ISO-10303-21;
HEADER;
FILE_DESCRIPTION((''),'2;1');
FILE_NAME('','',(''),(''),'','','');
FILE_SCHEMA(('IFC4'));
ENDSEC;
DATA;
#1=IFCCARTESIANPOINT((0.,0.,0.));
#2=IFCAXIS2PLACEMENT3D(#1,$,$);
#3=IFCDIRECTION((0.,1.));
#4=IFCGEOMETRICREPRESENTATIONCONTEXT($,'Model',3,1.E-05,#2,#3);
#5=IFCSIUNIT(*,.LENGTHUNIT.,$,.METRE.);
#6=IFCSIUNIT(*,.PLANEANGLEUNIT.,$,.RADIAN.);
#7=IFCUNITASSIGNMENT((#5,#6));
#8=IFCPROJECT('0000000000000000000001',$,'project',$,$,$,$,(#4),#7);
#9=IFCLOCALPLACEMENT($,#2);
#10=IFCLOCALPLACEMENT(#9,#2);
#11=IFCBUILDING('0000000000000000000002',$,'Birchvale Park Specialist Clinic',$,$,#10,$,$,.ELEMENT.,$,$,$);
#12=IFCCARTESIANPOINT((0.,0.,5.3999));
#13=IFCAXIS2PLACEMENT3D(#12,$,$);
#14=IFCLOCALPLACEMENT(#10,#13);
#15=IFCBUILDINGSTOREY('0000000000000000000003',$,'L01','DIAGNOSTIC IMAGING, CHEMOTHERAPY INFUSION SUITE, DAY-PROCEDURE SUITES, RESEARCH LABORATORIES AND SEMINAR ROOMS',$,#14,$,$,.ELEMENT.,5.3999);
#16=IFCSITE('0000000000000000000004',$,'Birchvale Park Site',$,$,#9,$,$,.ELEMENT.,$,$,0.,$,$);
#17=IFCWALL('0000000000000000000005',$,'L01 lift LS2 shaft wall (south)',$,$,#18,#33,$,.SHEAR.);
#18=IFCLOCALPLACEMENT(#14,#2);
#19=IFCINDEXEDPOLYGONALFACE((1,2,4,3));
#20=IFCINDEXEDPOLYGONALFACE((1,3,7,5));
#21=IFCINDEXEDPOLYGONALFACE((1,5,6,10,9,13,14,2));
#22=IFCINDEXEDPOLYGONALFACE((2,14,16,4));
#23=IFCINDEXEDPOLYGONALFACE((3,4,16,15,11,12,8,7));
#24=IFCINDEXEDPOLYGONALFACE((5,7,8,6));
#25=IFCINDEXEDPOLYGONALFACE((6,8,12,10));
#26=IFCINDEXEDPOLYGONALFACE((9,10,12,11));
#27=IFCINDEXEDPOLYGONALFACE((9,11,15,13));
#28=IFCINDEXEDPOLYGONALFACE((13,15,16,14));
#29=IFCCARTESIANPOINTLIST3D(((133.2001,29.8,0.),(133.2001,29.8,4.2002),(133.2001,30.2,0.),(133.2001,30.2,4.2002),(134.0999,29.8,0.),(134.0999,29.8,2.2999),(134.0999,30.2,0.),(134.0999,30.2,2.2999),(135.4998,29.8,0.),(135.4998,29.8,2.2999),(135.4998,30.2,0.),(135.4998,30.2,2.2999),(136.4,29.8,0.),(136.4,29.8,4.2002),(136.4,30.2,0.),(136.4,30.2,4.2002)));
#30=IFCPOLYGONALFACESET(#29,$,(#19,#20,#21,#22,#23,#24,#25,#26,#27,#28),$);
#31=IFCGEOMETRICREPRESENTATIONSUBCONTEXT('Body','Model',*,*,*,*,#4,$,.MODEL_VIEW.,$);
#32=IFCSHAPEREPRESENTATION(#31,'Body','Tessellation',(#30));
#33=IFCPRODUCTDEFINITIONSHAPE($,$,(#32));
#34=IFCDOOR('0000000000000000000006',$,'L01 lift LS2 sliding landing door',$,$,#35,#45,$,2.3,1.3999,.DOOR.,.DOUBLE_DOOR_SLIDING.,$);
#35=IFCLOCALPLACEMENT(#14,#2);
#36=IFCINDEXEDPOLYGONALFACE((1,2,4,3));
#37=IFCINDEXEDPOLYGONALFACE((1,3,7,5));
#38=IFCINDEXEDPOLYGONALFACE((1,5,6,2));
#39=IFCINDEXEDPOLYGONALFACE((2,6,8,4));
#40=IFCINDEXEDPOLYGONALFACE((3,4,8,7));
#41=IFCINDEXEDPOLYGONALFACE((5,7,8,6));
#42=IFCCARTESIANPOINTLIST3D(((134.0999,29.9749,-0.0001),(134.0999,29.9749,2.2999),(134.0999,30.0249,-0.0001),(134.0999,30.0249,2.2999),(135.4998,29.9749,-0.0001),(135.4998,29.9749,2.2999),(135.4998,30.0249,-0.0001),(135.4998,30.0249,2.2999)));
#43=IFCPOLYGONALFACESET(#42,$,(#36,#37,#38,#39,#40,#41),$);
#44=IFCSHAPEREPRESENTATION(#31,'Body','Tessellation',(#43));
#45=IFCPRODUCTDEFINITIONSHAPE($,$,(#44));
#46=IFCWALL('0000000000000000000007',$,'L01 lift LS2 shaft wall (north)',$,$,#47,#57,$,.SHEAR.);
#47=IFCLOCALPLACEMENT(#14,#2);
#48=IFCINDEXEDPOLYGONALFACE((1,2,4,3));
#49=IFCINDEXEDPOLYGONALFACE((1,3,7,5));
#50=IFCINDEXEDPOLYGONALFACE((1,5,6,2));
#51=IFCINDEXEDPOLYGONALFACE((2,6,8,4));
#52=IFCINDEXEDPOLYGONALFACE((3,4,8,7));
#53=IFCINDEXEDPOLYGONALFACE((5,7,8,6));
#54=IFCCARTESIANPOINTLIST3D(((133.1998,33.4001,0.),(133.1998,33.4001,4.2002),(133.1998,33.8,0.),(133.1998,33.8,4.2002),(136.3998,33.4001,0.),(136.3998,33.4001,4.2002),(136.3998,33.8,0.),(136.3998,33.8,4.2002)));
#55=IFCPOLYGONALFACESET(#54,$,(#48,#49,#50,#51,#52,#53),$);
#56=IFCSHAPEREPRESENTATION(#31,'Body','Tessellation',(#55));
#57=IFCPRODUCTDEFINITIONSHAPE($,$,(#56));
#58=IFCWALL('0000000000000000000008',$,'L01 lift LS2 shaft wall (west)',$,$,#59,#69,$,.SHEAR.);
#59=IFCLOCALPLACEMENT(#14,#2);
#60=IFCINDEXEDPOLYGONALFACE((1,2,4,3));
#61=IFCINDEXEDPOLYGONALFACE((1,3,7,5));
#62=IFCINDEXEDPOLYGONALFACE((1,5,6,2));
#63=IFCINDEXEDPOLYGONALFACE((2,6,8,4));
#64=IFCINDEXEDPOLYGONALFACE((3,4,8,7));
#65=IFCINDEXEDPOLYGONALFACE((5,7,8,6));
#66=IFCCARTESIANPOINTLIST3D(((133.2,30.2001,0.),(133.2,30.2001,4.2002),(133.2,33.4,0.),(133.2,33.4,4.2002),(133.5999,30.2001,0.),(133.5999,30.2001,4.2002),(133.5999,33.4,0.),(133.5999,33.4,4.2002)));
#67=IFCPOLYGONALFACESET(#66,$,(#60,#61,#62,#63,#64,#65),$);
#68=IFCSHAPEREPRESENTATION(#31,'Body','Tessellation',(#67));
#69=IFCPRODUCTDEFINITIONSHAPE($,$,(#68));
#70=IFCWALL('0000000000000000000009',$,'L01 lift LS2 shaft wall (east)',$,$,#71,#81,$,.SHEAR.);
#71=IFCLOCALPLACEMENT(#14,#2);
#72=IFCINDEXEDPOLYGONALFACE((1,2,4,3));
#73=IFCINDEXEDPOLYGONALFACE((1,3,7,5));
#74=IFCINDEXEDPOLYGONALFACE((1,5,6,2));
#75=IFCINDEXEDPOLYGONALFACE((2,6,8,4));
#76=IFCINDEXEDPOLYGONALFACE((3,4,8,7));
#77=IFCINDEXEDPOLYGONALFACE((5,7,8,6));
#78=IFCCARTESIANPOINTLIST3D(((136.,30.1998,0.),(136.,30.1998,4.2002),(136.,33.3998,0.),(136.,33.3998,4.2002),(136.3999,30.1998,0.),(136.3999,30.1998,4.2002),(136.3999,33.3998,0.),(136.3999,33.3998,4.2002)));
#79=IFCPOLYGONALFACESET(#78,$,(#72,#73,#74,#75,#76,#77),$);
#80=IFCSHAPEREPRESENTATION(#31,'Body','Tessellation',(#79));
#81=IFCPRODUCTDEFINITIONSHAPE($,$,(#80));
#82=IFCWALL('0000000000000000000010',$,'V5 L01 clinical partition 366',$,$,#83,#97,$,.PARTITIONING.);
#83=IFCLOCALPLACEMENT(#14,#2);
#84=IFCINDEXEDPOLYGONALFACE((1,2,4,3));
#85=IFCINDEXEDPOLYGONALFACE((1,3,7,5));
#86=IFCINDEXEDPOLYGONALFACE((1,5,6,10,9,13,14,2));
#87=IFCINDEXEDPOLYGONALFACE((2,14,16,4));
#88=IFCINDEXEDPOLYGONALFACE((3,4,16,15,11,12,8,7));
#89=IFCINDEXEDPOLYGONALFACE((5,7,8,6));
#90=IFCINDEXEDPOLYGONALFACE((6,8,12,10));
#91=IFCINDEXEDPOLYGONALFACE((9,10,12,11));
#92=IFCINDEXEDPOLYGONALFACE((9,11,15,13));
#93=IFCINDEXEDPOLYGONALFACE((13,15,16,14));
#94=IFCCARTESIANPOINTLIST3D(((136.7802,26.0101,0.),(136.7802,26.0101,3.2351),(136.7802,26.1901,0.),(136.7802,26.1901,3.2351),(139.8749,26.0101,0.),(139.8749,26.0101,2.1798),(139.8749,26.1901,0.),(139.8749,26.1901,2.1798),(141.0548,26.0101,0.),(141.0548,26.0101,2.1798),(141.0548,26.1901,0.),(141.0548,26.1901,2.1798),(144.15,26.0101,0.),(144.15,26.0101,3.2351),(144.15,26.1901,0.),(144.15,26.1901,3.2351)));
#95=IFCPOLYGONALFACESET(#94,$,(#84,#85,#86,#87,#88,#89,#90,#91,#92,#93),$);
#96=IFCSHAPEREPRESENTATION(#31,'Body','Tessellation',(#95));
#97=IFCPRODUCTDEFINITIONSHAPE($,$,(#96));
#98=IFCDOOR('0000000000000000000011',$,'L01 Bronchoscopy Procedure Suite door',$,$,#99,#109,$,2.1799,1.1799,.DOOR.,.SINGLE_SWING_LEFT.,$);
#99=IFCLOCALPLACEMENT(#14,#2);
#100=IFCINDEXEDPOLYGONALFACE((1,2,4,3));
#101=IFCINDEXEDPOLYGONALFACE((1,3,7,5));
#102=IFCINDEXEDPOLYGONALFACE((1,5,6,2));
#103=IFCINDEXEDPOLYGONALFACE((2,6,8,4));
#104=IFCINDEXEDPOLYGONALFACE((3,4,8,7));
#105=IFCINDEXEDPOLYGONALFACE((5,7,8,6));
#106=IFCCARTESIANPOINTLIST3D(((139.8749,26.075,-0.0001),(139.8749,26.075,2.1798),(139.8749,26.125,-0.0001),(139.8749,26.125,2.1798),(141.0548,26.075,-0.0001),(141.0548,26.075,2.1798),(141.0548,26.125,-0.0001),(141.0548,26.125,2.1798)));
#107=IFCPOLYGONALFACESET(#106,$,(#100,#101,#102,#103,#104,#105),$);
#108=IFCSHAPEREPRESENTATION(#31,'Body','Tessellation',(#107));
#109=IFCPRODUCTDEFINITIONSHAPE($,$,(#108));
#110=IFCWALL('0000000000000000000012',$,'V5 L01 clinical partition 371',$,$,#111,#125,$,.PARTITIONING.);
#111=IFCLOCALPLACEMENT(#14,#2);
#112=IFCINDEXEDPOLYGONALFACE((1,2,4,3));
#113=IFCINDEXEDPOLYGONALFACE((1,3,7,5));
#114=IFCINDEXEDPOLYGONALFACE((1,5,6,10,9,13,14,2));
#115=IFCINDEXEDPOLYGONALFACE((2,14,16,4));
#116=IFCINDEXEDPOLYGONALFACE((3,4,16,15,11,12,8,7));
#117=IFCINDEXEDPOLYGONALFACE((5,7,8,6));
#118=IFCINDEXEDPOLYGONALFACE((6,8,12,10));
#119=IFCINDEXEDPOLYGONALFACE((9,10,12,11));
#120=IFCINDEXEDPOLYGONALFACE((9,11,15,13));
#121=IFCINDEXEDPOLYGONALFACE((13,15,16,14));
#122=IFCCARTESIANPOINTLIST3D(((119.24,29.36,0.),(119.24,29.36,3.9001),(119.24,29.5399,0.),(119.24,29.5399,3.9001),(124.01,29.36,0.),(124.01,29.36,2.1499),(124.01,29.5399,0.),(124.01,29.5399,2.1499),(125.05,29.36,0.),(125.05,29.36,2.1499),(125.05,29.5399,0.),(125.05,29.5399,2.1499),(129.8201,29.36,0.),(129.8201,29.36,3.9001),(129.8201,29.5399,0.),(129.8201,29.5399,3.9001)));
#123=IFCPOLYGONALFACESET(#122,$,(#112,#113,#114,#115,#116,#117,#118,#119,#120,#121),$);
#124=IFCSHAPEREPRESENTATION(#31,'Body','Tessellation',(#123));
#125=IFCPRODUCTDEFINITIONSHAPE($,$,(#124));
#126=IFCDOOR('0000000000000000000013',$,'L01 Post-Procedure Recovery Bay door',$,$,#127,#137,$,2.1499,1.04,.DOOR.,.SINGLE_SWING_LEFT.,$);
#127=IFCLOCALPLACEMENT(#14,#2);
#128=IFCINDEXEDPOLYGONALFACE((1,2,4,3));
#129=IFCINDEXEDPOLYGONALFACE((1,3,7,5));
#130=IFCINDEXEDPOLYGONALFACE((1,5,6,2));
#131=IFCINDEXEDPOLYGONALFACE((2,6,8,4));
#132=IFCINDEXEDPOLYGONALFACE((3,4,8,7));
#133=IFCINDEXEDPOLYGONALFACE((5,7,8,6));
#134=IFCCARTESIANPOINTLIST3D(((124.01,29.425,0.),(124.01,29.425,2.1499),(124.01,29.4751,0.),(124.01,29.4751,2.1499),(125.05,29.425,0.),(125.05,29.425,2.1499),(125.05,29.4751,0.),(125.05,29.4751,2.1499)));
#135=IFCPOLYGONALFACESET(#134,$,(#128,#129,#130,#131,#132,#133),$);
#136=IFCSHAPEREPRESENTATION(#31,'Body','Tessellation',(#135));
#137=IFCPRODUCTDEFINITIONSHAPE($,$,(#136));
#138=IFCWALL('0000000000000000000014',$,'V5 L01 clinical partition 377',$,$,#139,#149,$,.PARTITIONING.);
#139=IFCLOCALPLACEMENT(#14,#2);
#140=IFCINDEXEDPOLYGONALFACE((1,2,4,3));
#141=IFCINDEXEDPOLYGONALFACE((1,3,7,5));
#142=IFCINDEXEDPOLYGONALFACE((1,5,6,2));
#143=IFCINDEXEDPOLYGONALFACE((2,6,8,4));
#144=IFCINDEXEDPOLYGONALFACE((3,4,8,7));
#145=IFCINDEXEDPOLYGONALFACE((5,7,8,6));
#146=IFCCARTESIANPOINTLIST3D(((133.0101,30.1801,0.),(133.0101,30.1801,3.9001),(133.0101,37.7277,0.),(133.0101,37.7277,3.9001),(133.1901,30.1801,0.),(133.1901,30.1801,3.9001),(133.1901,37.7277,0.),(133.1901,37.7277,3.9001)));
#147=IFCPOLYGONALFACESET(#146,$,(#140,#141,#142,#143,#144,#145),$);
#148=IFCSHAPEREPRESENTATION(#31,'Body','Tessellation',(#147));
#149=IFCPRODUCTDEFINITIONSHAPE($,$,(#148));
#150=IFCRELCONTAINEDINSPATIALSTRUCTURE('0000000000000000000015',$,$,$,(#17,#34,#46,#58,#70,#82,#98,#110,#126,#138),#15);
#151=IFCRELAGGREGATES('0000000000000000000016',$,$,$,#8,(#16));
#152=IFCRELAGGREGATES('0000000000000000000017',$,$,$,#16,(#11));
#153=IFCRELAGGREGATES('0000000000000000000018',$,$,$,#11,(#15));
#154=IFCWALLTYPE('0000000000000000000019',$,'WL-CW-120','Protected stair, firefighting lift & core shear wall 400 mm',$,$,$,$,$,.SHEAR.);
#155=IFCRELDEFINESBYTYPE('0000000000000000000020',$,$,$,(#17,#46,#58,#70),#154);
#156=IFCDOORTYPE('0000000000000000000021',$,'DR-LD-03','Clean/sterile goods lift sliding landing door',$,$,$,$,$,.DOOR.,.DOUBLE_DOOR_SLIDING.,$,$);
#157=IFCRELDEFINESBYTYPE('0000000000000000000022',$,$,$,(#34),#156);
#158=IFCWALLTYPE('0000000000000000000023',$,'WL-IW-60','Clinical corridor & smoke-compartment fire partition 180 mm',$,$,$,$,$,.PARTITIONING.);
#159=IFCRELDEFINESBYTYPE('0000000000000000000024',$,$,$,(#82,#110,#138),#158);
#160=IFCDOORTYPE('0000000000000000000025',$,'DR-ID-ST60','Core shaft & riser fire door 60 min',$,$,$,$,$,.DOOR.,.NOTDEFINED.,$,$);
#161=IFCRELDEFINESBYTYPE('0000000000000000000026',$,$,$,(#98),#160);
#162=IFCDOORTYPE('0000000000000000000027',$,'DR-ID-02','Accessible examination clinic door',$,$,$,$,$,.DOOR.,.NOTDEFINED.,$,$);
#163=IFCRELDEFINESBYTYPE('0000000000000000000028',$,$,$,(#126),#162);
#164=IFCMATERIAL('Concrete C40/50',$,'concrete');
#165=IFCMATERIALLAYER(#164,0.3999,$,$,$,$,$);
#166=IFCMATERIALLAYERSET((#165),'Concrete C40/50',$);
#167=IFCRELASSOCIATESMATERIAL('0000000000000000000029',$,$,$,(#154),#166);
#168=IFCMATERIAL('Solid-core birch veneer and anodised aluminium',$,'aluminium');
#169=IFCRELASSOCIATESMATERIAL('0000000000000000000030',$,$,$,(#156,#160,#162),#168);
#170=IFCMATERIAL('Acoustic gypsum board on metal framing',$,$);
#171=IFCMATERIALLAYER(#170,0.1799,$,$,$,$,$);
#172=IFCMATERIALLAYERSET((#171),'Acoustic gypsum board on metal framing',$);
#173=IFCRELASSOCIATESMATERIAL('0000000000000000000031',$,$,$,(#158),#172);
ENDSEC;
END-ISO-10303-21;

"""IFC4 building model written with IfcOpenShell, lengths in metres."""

from ifc_helpers import new_model, si_unit, direction, frame, frame_2d, origin, place, context, subcontext, project, spatial, rectangle, extrude, material, layer, layer_set, type_object, element, fill, save


model = new_model("IFC4")

# Units and contexts
model_context = context("Model", 3, precision=1e-05, world=origin(), true_north=direction((0.0, 1.0)))
body_context = subcontext(model_context, "Body", "Model", "MODEL_VIEW")
ifc_project = project(units=[si_unit("LENGTHUNIT", "METRE"), si_unit("PLANEANGLEUNIT", "RADIAN")], contexts=[model_context])

# Site, building, storey
site_placement = place(None, origin())
site = spatial("IfcSite", under=ifc_project, at=site_placement, Name="Birchvale Park Site", CompositionType="ELEMENT", RefElevation=0.0)
building_placement = place(site_placement, origin())
building = spatial("IfcBuilding", under=site, at=building_placement, Name="Birchvale Park Specialist Clinic", CompositionType="ELEMENT")
storey_placement = place(building_placement, frame((0.0, 0.0, 5.3999)))
storey = spatial("IfcBuildingStorey", under=building, at=storey_placement, Name="L01", Description="DIAGNOSTIC IMAGING, CHEMOTHERAPY INFUSION SUITE, DAY-PROCEDURE SUITES, RESEARCH LABORATORIES AND SEMINAR ROOMS", CompositionType="ELEMENT", Elevation=5.3999)

# Shared definitions
ifc_material_1 = material(Name="Concrete C40/50", Category="concrete")

# Wall, opening, door
ifc_layer_1 = layer(ifc_material_1, 0.3999)
ifc_layer_set_1 = layer_set([ifc_layer_1], Name="Concrete C40/50")
wall_type_1 = type_object("IfcWallType", Name="WL-CW-120", Description="Protected stair, firefighting lift & core shear wall 400 mm", PredefinedType="SHEAR", material=ifc_layer_set_1)
wall_1_placement = place(storey_placement, frame((133.2, 30.0, 0.0), z_axis=(0.0, 0.0, 1.0), x_axis=(1.0, 0.0, 0.0)))
wall_1 = element("IfcWall", 1, at=wall_1_placement, inside=storey, type_object=wall_type_1, Name="L01 lift LS2 shaft wall (south)", PredefinedType="SHEAR", context=body_context, shape_type="SweptSolid", body=[
    extrude(rectangle(XDim=3.2, YDim=0.3999, at=frame_2d((1.6001, 0.0))), origin(), (0.0, 0.0, 1.0), 4.2002),
])
opening_1_placement = place(wall_1_placement, frame((0.8999, 0.0, 0.0)))
opening_1 = element("IfcOpeningElement", 2, at=opening_1_placement, cuts=wall_1, PredefinedType="OPENING", context=body_context, shape_type="SweptSolid", body=[
    extrude(rectangle(XDim=1.3999, YDim=2.3, at=frame_2d((0.7, 1.1499))), frame((0.0, 0.21, 0.0), z_axis=(0.0, -1.0, 0.0), x_axis=(1.0, 0.0, 0.0)), (0.0, 0.0, 1.0), 0.4199),
])
ifc_material_2 = material(Name="Solid-core birch veneer and anodised aluminium", Category="aluminium")
door_type_1 = type_object("IfcDoorType", Name="DR-LD-03", Description="Clean/sterile goods lift sliding landing door", OperationType="DOUBLE_DOOR_SLIDING", PredefinedType="DOOR", material=ifc_material_2)
door_1_placement = place(opening_1_placement, origin())
door_1 = element("IfcDoor", 3, at=door_1_placement, inside=storey, type_object=door_type_1, Name="L01 lift LS2 sliding landing door", OperationType="DOUBLE_DOOR_SLIDING", OverallHeight=2.3, OverallWidth=1.3999, PredefinedType="DOOR", context=body_context, shape_type="SweptSolid", body=[
    extrude(rectangle(XDim=1.3999, YDim=2.3, at=frame_2d((0.7, 1.1499))), frame((0.0, 0.0249, 0.0), z_axis=(0.0, -1.0, 0.0), x_axis=(1.0, 0.0, 0.0)), (0.0, 0.0, 1.0), 0.05),
])
fill(opening_1, door_1)

# Walls
for number, where, z_axis, x_axis, name in (
    (4, (136.3999, 33.6001, 0.0), (0.0, 0.0, 1.0), (-1.0, 0.0, 0.0), "L01 lift LS2 shaft wall (north)"),
    (5, (133.3999, 30.2, 0.0), (0.0, 0.0, 1.0), (0.0, 1.0, 0.0), "L01 lift LS2 shaft wall (west)"),
    (6, (136.2, 33.3999, 0.0), (0.0, 0.0, 1.0), (0.0, -1.0, 0.0), "L01 lift LS2 shaft wall (east)"),
):
    element("IfcWall", number, at=place(storey_placement, frame(where, z_axis=z_axis, x_axis=x_axis)), inside=storey, type_object=wall_type_1, Name=name, PredefinedType="SHEAR", context=body_context, shape_type="SweptSolid", body=[
        extrude(rectangle(XDim=3.2, YDim=0.3999, at=frame_2d((1.6001, 0.0))), origin(), (0.0, 0.0, 1.0), 4.2002),
    ])

# Walls, openings, doors
ifc_material_3 = material(Name="Acoustic gypsum board on metal framing")
ifc_layer_2 = layer(ifc_material_3, 0.1799)
ifc_layer_set_2 = layer_set([ifc_layer_2], Name="Acoustic gypsum board on metal framing")
wall_type_2 = type_object("IfcWallType", Name="WL-IW-60", Description="Clinical corridor & smoke-compartment fire partition 180 mm", PredefinedType="PARTITIONING", material=ifc_layer_set_2)
wall_2_placement = place(storey_placement, frame((136.78, 26.1001, 0.0), z_axis=(0.0, 0.0, 1.0), x_axis=(1.0, 0.0, 0.0)))
wall_2 = element("IfcWall", 7, at=wall_2_placement, inside=storey, type_object=wall_type_2, Name="V5 L01 clinical partition 366", PredefinedType="PARTITIONING", context=body_context, shape_type="SweptSolid", body=[
    extrude(rectangle(XDim=7.3699, YDim=0.1799, at=frame_2d((3.6851, 0.0))), origin(), (0.0, 0.0, 1.0), 3.2351),
])
opening_2_placement = place(wall_2_placement, frame((3.095, 0.0, 0.0)))
opening_2 = element("IfcOpeningElement", 8, at=opening_2_placement, cuts=wall_2, PredefinedType="OPENING", context=body_context, shape_type="SweptSolid", body=[
    extrude(rectangle(XDim=1.1799, YDim=2.1799, at=frame_2d((0.5898, 1.0898))), frame((0.0, 0.1001, 0.0), z_axis=(0.0, -1.0, 0.0), x_axis=(1.0, 0.0, 0.0)), (0.0, 0.0, 1.0), 0.2),
])
door_type_2 = type_object("IfcDoorType", Name="DR-ID-ST60", Description="Core shaft & riser fire door 60 min", OperationType="NOTDEFINED", PredefinedType="DOOR", material=ifc_material_2)
door_2_placement = place(opening_2_placement, origin())
door_2 = element("IfcDoor", 9, at=door_2_placement, inside=storey, type_object=door_type_2, Name="L01 Bronchoscopy Procedure Suite door", OperationType="SINGLE_SWING_LEFT", OverallHeight=2.1799, OverallWidth=1.1799, PredefinedType="DOOR", context=body_context, shape_type="SweptSolid", body=[
    extrude(rectangle(XDim=1.1799, YDim=2.1799, at=frame_2d((0.5898, 1.0898))), frame((0.0, 0.0249, 0.0), z_axis=(0.0, -1.0, 0.0), x_axis=(1.0, 0.0, 0.0)), (0.0, 0.0, 1.0), 0.05),
])
fill(opening_2, door_2)
wall_3_placement = place(storey_placement, frame((129.8201, 29.45, 0.0), z_axis=(0.0, 0.0, 1.0), x_axis=(-1.0, 0.0, 0.0)))
wall_3 = element("IfcWall", 10, at=wall_3_placement, inside=storey, type_object=wall_type_2, Name="V5 L01 clinical partition 371", PredefinedType="PARTITIONING", context=body_context, shape_type="SweptSolid", body=[
    extrude(rectangle(XDim=10.5801, YDim=0.1799, at=frame_2d((5.29, 0.0))), origin(), (0.0, 0.0, 1.0), 3.9001),
])
opening_3_placement = place(wall_3_placement, frame((4.77, 0.0, 0.0)))
opening_3 = element("IfcOpeningElement", 11, at=opening_3_placement, cuts=wall_3, PredefinedType="OPENING", context=body_context, shape_type="SweptSolid", body=[
    extrude(rectangle(XDim=1.04, YDim=2.1499, at=frame_2d((0.52, 1.075))), frame((0.0, 0.1001, 0.0), z_axis=(0.0, -1.0, 0.0), x_axis=(1.0, 0.0, 0.0)), (0.0, 0.0, 1.0), 0.2),
])
door_type_3 = type_object("IfcDoorType", Name="DR-ID-02", Description="Accessible examination clinic door", OperationType="NOTDEFINED", PredefinedType="DOOR", material=ifc_material_2)
door_3_placement = place(opening_3_placement, origin())
door_3 = element("IfcDoor", 12, at=door_3_placement, inside=storey, type_object=door_type_3, Name="L01 Post-Procedure Recovery Bay door", OperationType="SINGLE_SWING_LEFT", OverallHeight=2.1499, OverallWidth=1.04, PredefinedType="DOOR", context=body_context, shape_type="SweptSolid", body=[
    extrude(rectangle(XDim=1.04, YDim=2.1499, at=frame_2d((0.52, 1.075))), frame((0.0, 0.0249, 0.0), z_axis=(0.0, -1.0, 0.0), x_axis=(1.0, 0.0, 0.0)), (0.0, 0.0, 1.0), 0.05),
])
fill(opening_3, door_3)

# Wall
wall_4_placement = place(storey_placement, frame((133.1001, 30.1799, 0.0), z_axis=(0.0, 0.0, 1.0), x_axis=(0.0, 1.0, 0.0)))
element("IfcWall", 13, at=wall_4_placement, inside=storey, type_object=wall_type_2, Name="V5 L01 clinical partition 377", PredefinedType="PARTITIONING", context=body_context, shape_type="SweptSolid", body=[
    extrude(rectangle(XDim=7.5476, YDim=0.1799, at=frame_2d((3.7739, 0.0))), origin(), (0.0, 0.0, 1.0), 3.9001),
])

save(model, "model.ifc")
